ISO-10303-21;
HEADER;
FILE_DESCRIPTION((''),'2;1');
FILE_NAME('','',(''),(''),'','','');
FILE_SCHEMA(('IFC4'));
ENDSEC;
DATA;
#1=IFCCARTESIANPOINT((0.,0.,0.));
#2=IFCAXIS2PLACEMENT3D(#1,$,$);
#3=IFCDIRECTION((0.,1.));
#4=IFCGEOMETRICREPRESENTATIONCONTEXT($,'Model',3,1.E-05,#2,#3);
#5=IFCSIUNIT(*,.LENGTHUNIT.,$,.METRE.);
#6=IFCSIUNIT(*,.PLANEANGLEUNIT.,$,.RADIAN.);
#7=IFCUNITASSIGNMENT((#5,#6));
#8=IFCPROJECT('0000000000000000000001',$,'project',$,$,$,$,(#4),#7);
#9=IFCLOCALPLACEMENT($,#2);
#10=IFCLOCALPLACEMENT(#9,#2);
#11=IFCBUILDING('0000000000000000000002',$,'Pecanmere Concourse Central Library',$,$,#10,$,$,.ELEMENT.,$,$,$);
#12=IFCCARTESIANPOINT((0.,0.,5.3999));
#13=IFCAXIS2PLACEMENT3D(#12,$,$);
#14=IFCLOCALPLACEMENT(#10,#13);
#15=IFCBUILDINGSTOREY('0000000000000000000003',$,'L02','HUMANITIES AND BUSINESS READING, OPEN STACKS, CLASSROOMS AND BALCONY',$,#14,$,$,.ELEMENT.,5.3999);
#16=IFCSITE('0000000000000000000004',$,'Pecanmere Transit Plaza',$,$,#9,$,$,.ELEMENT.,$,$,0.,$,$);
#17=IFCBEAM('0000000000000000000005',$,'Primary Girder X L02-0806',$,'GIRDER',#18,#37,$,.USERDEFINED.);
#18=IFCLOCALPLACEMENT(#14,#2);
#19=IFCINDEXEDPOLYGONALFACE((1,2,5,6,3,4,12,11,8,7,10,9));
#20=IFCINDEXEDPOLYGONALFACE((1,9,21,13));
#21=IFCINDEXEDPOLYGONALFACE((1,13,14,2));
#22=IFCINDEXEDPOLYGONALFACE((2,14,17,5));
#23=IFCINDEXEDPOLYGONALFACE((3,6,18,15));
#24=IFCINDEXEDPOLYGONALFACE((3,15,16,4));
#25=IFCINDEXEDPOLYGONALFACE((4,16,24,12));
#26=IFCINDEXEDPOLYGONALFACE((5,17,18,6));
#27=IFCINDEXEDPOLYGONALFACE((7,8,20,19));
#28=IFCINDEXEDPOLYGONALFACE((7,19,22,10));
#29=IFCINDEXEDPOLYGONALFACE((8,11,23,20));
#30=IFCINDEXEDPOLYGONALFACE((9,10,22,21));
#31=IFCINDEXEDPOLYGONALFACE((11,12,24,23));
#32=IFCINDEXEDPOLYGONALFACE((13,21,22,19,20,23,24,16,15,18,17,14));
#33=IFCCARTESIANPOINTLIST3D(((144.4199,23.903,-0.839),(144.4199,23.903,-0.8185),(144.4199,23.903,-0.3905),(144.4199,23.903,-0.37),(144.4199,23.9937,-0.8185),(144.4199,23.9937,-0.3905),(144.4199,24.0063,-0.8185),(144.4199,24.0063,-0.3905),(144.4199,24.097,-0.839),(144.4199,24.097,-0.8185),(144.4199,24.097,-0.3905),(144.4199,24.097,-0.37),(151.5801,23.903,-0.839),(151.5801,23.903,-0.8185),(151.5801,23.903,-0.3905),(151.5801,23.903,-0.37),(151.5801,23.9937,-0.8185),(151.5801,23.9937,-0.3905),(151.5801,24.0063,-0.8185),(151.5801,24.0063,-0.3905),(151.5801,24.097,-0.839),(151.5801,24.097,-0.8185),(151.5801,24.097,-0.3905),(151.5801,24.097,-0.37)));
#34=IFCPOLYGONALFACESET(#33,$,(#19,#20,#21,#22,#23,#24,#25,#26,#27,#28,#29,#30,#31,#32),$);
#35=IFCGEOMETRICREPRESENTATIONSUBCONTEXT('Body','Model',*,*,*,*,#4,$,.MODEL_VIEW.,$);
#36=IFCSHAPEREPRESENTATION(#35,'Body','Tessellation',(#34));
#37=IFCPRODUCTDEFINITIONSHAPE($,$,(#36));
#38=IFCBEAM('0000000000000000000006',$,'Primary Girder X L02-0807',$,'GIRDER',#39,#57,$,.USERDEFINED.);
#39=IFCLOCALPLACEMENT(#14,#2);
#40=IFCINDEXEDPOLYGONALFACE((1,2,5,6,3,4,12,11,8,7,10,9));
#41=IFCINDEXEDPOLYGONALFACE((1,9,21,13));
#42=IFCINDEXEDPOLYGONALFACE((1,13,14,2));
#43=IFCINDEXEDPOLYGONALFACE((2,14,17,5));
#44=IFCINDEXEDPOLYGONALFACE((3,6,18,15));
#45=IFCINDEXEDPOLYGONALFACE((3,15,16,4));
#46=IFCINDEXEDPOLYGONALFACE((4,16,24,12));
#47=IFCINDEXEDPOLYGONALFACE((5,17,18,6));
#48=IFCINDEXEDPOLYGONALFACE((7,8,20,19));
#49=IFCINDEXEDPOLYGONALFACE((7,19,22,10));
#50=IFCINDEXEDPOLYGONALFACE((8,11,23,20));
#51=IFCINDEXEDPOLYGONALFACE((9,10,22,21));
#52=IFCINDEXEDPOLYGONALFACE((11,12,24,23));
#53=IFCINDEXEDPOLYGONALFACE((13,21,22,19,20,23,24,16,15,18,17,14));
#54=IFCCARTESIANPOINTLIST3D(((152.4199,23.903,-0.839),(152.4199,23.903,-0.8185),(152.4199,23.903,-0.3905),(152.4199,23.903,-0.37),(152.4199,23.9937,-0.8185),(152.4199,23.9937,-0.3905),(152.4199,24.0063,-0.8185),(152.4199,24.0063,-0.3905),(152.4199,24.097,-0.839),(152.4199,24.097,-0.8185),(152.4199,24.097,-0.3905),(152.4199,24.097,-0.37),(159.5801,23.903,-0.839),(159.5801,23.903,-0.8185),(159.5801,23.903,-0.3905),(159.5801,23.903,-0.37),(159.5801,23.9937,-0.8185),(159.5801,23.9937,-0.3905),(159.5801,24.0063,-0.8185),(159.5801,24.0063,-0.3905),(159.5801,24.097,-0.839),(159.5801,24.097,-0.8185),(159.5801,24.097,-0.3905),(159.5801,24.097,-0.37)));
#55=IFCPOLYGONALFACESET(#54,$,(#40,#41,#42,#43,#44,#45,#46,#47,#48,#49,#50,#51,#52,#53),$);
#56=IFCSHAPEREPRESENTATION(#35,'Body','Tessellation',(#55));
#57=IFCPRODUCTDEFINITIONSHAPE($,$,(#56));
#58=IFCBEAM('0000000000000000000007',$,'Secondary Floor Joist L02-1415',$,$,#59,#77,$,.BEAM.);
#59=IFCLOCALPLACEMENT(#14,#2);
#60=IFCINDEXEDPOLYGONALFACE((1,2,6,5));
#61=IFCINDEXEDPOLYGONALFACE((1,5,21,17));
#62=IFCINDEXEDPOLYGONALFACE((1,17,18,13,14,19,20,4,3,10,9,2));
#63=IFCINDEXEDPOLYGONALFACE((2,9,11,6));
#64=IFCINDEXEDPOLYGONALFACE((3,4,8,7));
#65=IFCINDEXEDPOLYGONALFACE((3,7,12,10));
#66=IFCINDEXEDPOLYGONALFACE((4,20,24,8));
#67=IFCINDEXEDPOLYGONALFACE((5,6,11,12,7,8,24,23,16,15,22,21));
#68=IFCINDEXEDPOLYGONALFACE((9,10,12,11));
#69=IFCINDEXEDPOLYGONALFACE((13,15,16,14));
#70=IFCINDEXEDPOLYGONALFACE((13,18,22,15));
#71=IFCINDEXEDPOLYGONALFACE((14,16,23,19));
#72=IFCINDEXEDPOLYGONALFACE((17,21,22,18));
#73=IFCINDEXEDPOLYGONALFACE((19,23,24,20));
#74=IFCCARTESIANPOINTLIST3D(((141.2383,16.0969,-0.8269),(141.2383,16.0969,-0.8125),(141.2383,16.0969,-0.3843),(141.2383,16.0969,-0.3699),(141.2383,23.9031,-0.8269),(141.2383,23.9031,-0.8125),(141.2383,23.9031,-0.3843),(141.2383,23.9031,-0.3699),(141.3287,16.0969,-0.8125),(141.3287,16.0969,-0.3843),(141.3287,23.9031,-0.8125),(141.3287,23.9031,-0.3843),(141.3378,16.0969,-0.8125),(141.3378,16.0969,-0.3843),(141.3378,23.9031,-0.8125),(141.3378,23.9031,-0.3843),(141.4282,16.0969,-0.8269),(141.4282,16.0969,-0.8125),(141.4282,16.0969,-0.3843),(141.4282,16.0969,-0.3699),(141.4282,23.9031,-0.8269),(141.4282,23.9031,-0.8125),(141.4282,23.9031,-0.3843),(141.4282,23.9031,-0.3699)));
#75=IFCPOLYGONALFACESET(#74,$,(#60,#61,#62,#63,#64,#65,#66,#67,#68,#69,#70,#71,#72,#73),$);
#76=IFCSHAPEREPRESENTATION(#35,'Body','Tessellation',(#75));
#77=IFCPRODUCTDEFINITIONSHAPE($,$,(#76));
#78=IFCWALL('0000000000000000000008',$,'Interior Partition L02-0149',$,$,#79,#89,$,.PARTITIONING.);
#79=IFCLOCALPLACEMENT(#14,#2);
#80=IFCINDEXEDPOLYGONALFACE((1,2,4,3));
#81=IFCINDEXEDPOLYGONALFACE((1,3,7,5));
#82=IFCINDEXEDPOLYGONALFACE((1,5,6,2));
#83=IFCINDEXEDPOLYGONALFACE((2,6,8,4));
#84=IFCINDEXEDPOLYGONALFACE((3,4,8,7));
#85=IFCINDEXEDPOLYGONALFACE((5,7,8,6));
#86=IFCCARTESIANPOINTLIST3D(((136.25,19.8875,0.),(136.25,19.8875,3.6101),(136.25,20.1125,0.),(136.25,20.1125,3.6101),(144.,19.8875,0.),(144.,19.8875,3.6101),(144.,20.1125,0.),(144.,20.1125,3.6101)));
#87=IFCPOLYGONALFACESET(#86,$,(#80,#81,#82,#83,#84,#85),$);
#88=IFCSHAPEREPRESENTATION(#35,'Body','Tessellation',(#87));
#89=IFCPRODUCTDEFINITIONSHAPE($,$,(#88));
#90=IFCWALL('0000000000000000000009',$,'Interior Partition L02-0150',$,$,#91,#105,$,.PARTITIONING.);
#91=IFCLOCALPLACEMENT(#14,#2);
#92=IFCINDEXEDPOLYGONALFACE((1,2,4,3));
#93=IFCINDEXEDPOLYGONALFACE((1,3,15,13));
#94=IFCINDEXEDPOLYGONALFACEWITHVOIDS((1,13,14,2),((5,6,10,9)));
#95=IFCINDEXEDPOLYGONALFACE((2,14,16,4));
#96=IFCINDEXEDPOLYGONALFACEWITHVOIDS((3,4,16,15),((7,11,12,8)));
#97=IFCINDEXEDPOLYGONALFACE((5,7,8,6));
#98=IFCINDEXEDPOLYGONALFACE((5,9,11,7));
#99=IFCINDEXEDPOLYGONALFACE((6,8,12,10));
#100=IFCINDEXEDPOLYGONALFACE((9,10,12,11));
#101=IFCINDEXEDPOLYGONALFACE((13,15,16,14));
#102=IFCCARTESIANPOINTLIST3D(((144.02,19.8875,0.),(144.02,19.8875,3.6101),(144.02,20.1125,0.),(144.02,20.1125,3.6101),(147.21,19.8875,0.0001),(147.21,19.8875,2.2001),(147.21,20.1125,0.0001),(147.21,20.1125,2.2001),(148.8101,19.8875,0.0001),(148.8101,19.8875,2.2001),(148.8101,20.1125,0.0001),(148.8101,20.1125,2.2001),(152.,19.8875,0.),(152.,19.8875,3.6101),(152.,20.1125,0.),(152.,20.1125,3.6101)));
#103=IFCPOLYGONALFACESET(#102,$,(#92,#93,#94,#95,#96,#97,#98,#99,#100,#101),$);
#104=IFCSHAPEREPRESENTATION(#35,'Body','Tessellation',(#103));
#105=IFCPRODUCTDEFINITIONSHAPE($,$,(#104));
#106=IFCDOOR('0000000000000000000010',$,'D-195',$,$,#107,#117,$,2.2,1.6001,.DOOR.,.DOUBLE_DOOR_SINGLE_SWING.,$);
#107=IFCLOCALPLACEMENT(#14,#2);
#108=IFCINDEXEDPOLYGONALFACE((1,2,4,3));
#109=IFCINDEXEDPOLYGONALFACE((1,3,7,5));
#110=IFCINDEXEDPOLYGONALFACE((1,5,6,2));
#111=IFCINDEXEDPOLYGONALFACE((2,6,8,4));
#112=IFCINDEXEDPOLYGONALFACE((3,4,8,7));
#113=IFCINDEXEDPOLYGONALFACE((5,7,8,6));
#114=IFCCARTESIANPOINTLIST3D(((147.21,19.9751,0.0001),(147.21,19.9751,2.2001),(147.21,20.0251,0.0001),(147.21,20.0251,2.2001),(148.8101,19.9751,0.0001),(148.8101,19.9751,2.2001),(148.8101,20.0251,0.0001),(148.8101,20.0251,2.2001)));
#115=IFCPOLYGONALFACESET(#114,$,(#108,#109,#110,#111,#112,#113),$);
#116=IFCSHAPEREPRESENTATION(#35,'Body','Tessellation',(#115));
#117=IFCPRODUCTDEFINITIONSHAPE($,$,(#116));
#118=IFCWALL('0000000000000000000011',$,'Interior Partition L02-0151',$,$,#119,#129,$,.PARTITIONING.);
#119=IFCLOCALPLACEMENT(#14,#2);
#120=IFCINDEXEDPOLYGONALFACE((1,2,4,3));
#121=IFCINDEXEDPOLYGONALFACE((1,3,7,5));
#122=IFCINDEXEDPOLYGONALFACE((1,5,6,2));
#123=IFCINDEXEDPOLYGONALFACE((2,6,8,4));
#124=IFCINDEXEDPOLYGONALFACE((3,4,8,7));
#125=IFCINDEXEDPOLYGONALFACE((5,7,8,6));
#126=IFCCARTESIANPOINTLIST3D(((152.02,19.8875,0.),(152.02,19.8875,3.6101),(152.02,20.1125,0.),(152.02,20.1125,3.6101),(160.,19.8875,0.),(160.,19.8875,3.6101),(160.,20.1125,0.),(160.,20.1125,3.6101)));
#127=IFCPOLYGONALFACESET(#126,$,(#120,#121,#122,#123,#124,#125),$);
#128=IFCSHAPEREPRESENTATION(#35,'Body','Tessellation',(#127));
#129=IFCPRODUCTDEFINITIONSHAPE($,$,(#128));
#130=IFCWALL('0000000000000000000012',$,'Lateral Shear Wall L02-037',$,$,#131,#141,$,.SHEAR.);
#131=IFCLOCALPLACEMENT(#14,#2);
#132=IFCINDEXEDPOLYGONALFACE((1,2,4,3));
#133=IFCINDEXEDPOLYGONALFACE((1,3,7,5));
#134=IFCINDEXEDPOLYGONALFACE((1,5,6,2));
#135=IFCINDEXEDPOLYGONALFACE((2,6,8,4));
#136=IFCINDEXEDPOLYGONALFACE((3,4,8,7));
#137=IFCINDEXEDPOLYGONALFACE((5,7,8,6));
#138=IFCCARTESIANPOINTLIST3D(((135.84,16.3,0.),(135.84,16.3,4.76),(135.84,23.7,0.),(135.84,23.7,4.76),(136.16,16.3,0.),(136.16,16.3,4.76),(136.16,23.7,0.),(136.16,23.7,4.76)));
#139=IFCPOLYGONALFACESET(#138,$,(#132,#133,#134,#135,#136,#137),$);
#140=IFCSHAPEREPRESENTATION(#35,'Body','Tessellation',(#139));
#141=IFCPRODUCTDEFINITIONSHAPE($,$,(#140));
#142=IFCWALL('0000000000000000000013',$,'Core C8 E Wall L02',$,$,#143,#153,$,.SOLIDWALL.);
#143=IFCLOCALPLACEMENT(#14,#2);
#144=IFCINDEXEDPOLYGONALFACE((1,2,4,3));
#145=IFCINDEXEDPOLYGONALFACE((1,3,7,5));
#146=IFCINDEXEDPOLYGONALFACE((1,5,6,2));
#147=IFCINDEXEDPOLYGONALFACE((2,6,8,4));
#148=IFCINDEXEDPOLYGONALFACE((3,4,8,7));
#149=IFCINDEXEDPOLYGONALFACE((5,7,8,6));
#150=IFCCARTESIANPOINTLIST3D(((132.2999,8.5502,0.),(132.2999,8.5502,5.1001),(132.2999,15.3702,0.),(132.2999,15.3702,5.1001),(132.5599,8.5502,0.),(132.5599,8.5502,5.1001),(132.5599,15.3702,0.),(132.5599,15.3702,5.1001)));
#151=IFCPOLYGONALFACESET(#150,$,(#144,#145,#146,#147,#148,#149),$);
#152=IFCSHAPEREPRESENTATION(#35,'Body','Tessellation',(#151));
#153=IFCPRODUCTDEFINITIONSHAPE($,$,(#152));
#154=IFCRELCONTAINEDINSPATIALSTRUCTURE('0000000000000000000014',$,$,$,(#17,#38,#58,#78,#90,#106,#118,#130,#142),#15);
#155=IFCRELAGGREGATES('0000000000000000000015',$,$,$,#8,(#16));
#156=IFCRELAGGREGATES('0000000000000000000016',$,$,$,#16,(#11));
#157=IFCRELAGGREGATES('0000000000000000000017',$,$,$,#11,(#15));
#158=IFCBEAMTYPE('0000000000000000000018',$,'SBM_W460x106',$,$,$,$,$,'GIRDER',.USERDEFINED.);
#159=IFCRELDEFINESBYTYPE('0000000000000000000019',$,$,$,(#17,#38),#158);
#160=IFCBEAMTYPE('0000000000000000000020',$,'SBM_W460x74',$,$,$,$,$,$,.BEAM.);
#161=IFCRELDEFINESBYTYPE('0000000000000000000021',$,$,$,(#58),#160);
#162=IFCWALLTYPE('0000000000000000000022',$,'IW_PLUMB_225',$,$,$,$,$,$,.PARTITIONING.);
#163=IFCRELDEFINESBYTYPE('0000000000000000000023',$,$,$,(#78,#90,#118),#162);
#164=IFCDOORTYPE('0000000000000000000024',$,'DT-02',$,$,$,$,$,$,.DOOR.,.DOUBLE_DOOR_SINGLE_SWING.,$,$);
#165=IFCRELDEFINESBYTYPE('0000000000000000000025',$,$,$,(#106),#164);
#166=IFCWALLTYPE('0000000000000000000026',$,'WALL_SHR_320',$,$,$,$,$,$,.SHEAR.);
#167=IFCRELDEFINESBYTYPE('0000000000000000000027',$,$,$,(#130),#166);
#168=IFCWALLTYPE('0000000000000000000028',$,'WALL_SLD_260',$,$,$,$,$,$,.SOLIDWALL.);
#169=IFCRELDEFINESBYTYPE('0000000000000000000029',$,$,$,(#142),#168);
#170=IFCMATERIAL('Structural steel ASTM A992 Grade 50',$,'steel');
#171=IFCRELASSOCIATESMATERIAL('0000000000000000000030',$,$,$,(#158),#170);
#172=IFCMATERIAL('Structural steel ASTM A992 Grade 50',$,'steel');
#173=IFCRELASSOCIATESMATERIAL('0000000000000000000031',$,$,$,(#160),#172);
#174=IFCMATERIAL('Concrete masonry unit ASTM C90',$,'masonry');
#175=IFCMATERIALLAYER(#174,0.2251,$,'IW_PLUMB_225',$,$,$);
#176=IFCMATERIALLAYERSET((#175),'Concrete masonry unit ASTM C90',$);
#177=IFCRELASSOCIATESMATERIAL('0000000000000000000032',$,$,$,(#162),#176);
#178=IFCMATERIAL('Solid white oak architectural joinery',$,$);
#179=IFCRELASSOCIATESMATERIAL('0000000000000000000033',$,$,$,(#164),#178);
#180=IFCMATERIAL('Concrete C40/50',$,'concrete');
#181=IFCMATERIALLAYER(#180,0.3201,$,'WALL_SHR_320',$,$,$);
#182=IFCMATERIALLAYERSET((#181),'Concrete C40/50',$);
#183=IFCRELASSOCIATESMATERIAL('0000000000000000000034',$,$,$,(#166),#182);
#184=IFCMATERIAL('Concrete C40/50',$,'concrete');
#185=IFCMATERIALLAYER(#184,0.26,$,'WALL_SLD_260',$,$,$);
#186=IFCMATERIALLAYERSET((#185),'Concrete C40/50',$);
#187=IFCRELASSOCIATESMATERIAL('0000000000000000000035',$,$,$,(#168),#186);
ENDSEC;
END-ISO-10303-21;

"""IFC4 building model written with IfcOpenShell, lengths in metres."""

from ifc_helpers import new_model, si_unit, direction, frame, frame_2d, origin, origin_2d, place, context, subcontext, project, spatial, rectangle, i_section, extrude, material, layer, layer_set, material_profile, profile_set, type_object, element, fill, save


model = new_model("IFC4")

# Units and contexts
model_context = context("Model", 3, precision=1e-05, world=origin(), true_north=direction((0.0, 1.0)))
body_context = subcontext(model_context, "Body", "Model", "MODEL_VIEW")
ifc_project = project(units=[si_unit("LENGTHUNIT", "METRE"), si_unit("PLANEANGLEUNIT", "RADIAN")], contexts=[model_context])

# Site, building, storey
site_placement = place(None, origin())
site = spatial("IfcSite", under=ifc_project, at=site_placement, Name="Pecanmere Transit Plaza", CompositionType="ELEMENT", RefElevation=0.0)
building_placement = place(site_placement, origin())
building = spatial("IfcBuilding", under=site, at=building_placement, Name="Pecanmere Concourse Central Library", CompositionType="ELEMENT")
storey_placement = place(building_placement, frame((0.0, 0.0, 5.3999)))
storey = spatial("IfcBuildingStorey", under=building, at=storey_placement, Name="L02", Description="HUMANITIES AND BUSINESS READING, OPEN STACKS, CLASSROOMS AND BALCONY", CompositionType="ELEMENT", Elevation=5.3999)

# Beams
ifc_material_1 = material(Name="Structural steel ASTM A992 Grade 50", Category="steel")
ifc_material_profile_1 = material_profile(ifc_material_1, i_section(OverallWidth=0.1941, OverallDepth=0.469, WebThickness=0.0127, FlangeThickness=0.0205, at=origin_2d()), Name="W460x106")
ifc_profile_set_1 = profile_set([ifc_material_profile_1], Name="Structural steel ASTM A992 Grade 50")
beam_type_1 = type_object("IfcBeamType", Name="SBM_W460x106", ElementType="GIRDER", PredefinedType="USERDEFINED", material=ifc_profile_set_1)
for number, where, z_axis, x_axis, name in (
    (1, (144.4199, 24.0, -0.6045), (1.0, 0.0, 0.0), (0.0, 1.0, 0.0), "Primary Girder X L02-0806"),
    (2, (152.4199, 24.0, -0.6045), (1.0, 0.0, 0.0), (0.0, 1.0, 0.0), "Primary Girder X L02-0807"),
):
    element("IfcBeam", number, at=place(storey_placement, frame(where, z_axis=z_axis, x_axis=x_axis)), inside=storey, type_object=beam_type_1, Name=name, ObjectType="GIRDER", PredefinedType="USERDEFINED", context=body_context, shape_type="SweptSolid", body=[
        extrude(i_section(OverallWidth=0.1941, OverallDepth=0.469, WebThickness=0.0127, FlangeThickness=0.0205, at=origin_2d()), origin(), (0.0, 0.0, 1.0), 7.1602),
    ])
ifc_material_2 = material(Name="Structural steel ASTM A992 Grade 50", Category="steel")
ifc_material_profile_2 = material_profile(ifc_material_2, i_section(OverallWidth=0.1899, OverallDepth=0.457, WebThickness=0.009, FlangeThickness=0.0144, at=origin_2d()), Name="W460x74")
ifc_profile_set_2 = profile_set([ifc_material_profile_2], Name="Structural steel ASTM A992 Grade 50")
beam_type_2 = type_object("IfcBeamType", Name="SBM_W460x74", PredefinedType="BEAM", material=ifc_profile_set_2)
beam_1_placement = place(storey_placement, frame((141.3333, 16.0969, -0.5984), z_axis=(0.0, 1.0, 0.0), x_axis=(-1.0, 0.0, 0.0)))
element("IfcBeam", 3, at=beam_1_placement, inside=storey, type_object=beam_type_2, Name="Secondary Floor Joist L02-1415", PredefinedType="BEAM", context=body_context, shape_type="SweptSolid", body=[
    extrude(i_section(OverallWidth=0.1899, OverallDepth=0.457, WebThickness=0.009, FlangeThickness=0.0144, at=origin_2d()), origin(), (0.0, 0.0, 1.0), 7.8062),
])

# Wall
ifc_material_3 = material(Name="Concrete masonry unit ASTM C90", Category="masonry")
ifc_layer_1 = layer(ifc_material_3, 0.2251, Name="IW_PLUMB_225")
ifc_layer_set_1 = layer_set([ifc_layer_1], Name="Concrete masonry unit ASTM C90")
wall_type_1 = type_object("IfcWallType", Name="IW_PLUMB_225", PredefinedType="PARTITIONING", material=ifc_layer_set_1)
wall_1_placement = place(storey_placement, frame((136.25, 20.0, 0.0), z_axis=(0.0, 0.0, 1.0), x_axis=(1.0, 0.0, 0.0)))
element("IfcWall", 4, at=wall_1_placement, inside=storey, type_object=wall_type_1, Name="Interior Partition L02-0149", PredefinedType="PARTITIONING", context=body_context, shape_type="SweptSolid", body=[
    extrude(rectangle(XDim=7.75, YDim=0.2251, at=frame_2d((3.875, 0.0))), origin(), (0.0, 0.0, 1.0), 3.6101),
])

# Wall, opening, door
wall_2_placement = place(storey_placement, frame((144.02, 20.0, 0.0), z_axis=(0.0, 0.0, 1.0), x_axis=(1.0, 0.0, 0.0)))
wall_2 = element("IfcWall", 5, at=wall_2_placement, inside=storey, type_object=wall_type_1, Name="Interior Partition L02-0150", PredefinedType="PARTITIONING", context=body_context, shape_type="SweptSolid", body=[
    extrude(rectangle(XDim=7.98, YDim=0.2251, at=frame_2d((3.99, 0.0))), origin(), (0.0, 0.0, 1.0), 3.6101),
])
opening_placement = place(wall_2_placement, frame((3.1899, 0.0, 0.0)))
opening = element("IfcOpeningElement", 6, at=opening_placement, cuts=wall_2, PredefinedType="OPENING", context=body_context, shape_type="SweptSolid", body=[
    extrude(rectangle(XDim=1.6001, YDim=2.2, at=frame_2d((0.8, 1.1001))), frame((0.0, 0.1245, 0.0), z_axis=(0.0, -1.0, 0.0), x_axis=(1.0, 0.0, 0.0)), (0.0, 0.0, 1.0), 0.249),
])
ifc_material_4 = material(Name="Solid white oak architectural joinery")
door_type = type_object("IfcDoorType", Name="DT-02", OperationType="DOUBLE_DOOR_SINGLE_SWING", PredefinedType="DOOR", material=ifc_material_4)
door_placement = place(opening_placement, frame((1.6001, 0.0, 0.0), z_axis=(0.0, 0.0, 1.0), x_axis=(-1.0, 0.0, 0.0)))
door = element("IfcDoor", 7, at=door_placement, inside=storey, type_object=door_type, Name="D-195", OperationType="DOUBLE_DOOR_SINGLE_SWING", OverallHeight=2.2, OverallWidth=1.6001, PredefinedType="DOOR", context=body_context, shape_type="SweptSolid", body=[
    extrude(rectangle(XDim=1.6001, YDim=2.2, at=frame_2d((0.8, 1.1001))), frame((0.0, 0.0249, 0.0), z_axis=(0.0, -1.0, 0.0), x_axis=(1.0, 0.0, 0.0)), (0.0, 0.0, 1.0), 0.05),
])
fill(opening, door)

# Walls
wall_3_placement = place(storey_placement, frame((152.02, 20.0, 0.0), z_axis=(0.0, 0.0, 1.0), x_axis=(1.0, 0.0, 0.0)))
element("IfcWall", 8, at=wall_3_placement, inside=storey, type_object=wall_type_1, Name="Interior Partition L02-0151", PredefinedType="PARTITIONING", context=body_context, shape_type="SweptSolid", body=[
    extrude(rectangle(XDim=7.98, YDim=0.2251, at=frame_2d((3.99, 0.0))), origin(), (0.0, 0.0, 1.0), 3.6101),
])
ifc_material_5 = material(Name="Concrete C40/50", Category="concrete")
ifc_layer_2 = layer(ifc_material_5, 0.3201, Name="WALL_SHR_320")
ifc_layer_set_2 = layer_set([ifc_layer_2], Name="Concrete C40/50")
wall_type_2 = type_object("IfcWallType", Name="WALL_SHR_320", PredefinedType="SHEAR", material=ifc_layer_set_2)
wall_4_placement = place(storey_placement, frame((136.0, 16.3, 0.0), z_axis=(0.0, 0.0, 1.0), x_axis=(0.0, 1.0, 0.0)))
element("IfcWall", 9, at=wall_4_placement, inside=storey, type_object=wall_type_2, Name="Lateral Shear Wall L02-037", PredefinedType="SHEAR", context=body_context, shape_type="SweptSolid", body=[
    extrude(rectangle(XDim=7.3999, YDim=0.3201, at=frame_2d((3.7, 0.0))), origin(), (0.0, 0.0, 1.0), 4.76),
])
ifc_material_6 = material(Name="Concrete C40/50", Category="concrete")
ifc_layer_3 = layer(ifc_material_6, 0.26, Name="WALL_SLD_260")
ifc_layer_set_3 = layer_set([ifc_layer_3], Name="Concrete C40/50")
wall_type_3 = type_object("IfcWallType", Name="WALL_SLD_260", PredefinedType="SOLIDWALL", material=ifc_layer_set_3)
wall_5_placement = place(storey_placement, frame((132.4299, 8.55, 0.0), z_axis=(0.0, 0.0, 1.0), x_axis=(0.0, 1.0, 0.0)))
element("IfcWall", 10, at=wall_5_placement, inside=storey, type_object=wall_type_3, Name="Core C8 E Wall L02", PredefinedType="SOLIDWALL", context=body_context, shape_type="SweptSolid", body=[
    extrude(rectangle(XDim=6.8201, YDim=0.26, at=frame_2d((3.4102, 0.0))), origin(), (0.0, 0.0, 1.0), 5.1001),
])

save(model, "model.ifc")
